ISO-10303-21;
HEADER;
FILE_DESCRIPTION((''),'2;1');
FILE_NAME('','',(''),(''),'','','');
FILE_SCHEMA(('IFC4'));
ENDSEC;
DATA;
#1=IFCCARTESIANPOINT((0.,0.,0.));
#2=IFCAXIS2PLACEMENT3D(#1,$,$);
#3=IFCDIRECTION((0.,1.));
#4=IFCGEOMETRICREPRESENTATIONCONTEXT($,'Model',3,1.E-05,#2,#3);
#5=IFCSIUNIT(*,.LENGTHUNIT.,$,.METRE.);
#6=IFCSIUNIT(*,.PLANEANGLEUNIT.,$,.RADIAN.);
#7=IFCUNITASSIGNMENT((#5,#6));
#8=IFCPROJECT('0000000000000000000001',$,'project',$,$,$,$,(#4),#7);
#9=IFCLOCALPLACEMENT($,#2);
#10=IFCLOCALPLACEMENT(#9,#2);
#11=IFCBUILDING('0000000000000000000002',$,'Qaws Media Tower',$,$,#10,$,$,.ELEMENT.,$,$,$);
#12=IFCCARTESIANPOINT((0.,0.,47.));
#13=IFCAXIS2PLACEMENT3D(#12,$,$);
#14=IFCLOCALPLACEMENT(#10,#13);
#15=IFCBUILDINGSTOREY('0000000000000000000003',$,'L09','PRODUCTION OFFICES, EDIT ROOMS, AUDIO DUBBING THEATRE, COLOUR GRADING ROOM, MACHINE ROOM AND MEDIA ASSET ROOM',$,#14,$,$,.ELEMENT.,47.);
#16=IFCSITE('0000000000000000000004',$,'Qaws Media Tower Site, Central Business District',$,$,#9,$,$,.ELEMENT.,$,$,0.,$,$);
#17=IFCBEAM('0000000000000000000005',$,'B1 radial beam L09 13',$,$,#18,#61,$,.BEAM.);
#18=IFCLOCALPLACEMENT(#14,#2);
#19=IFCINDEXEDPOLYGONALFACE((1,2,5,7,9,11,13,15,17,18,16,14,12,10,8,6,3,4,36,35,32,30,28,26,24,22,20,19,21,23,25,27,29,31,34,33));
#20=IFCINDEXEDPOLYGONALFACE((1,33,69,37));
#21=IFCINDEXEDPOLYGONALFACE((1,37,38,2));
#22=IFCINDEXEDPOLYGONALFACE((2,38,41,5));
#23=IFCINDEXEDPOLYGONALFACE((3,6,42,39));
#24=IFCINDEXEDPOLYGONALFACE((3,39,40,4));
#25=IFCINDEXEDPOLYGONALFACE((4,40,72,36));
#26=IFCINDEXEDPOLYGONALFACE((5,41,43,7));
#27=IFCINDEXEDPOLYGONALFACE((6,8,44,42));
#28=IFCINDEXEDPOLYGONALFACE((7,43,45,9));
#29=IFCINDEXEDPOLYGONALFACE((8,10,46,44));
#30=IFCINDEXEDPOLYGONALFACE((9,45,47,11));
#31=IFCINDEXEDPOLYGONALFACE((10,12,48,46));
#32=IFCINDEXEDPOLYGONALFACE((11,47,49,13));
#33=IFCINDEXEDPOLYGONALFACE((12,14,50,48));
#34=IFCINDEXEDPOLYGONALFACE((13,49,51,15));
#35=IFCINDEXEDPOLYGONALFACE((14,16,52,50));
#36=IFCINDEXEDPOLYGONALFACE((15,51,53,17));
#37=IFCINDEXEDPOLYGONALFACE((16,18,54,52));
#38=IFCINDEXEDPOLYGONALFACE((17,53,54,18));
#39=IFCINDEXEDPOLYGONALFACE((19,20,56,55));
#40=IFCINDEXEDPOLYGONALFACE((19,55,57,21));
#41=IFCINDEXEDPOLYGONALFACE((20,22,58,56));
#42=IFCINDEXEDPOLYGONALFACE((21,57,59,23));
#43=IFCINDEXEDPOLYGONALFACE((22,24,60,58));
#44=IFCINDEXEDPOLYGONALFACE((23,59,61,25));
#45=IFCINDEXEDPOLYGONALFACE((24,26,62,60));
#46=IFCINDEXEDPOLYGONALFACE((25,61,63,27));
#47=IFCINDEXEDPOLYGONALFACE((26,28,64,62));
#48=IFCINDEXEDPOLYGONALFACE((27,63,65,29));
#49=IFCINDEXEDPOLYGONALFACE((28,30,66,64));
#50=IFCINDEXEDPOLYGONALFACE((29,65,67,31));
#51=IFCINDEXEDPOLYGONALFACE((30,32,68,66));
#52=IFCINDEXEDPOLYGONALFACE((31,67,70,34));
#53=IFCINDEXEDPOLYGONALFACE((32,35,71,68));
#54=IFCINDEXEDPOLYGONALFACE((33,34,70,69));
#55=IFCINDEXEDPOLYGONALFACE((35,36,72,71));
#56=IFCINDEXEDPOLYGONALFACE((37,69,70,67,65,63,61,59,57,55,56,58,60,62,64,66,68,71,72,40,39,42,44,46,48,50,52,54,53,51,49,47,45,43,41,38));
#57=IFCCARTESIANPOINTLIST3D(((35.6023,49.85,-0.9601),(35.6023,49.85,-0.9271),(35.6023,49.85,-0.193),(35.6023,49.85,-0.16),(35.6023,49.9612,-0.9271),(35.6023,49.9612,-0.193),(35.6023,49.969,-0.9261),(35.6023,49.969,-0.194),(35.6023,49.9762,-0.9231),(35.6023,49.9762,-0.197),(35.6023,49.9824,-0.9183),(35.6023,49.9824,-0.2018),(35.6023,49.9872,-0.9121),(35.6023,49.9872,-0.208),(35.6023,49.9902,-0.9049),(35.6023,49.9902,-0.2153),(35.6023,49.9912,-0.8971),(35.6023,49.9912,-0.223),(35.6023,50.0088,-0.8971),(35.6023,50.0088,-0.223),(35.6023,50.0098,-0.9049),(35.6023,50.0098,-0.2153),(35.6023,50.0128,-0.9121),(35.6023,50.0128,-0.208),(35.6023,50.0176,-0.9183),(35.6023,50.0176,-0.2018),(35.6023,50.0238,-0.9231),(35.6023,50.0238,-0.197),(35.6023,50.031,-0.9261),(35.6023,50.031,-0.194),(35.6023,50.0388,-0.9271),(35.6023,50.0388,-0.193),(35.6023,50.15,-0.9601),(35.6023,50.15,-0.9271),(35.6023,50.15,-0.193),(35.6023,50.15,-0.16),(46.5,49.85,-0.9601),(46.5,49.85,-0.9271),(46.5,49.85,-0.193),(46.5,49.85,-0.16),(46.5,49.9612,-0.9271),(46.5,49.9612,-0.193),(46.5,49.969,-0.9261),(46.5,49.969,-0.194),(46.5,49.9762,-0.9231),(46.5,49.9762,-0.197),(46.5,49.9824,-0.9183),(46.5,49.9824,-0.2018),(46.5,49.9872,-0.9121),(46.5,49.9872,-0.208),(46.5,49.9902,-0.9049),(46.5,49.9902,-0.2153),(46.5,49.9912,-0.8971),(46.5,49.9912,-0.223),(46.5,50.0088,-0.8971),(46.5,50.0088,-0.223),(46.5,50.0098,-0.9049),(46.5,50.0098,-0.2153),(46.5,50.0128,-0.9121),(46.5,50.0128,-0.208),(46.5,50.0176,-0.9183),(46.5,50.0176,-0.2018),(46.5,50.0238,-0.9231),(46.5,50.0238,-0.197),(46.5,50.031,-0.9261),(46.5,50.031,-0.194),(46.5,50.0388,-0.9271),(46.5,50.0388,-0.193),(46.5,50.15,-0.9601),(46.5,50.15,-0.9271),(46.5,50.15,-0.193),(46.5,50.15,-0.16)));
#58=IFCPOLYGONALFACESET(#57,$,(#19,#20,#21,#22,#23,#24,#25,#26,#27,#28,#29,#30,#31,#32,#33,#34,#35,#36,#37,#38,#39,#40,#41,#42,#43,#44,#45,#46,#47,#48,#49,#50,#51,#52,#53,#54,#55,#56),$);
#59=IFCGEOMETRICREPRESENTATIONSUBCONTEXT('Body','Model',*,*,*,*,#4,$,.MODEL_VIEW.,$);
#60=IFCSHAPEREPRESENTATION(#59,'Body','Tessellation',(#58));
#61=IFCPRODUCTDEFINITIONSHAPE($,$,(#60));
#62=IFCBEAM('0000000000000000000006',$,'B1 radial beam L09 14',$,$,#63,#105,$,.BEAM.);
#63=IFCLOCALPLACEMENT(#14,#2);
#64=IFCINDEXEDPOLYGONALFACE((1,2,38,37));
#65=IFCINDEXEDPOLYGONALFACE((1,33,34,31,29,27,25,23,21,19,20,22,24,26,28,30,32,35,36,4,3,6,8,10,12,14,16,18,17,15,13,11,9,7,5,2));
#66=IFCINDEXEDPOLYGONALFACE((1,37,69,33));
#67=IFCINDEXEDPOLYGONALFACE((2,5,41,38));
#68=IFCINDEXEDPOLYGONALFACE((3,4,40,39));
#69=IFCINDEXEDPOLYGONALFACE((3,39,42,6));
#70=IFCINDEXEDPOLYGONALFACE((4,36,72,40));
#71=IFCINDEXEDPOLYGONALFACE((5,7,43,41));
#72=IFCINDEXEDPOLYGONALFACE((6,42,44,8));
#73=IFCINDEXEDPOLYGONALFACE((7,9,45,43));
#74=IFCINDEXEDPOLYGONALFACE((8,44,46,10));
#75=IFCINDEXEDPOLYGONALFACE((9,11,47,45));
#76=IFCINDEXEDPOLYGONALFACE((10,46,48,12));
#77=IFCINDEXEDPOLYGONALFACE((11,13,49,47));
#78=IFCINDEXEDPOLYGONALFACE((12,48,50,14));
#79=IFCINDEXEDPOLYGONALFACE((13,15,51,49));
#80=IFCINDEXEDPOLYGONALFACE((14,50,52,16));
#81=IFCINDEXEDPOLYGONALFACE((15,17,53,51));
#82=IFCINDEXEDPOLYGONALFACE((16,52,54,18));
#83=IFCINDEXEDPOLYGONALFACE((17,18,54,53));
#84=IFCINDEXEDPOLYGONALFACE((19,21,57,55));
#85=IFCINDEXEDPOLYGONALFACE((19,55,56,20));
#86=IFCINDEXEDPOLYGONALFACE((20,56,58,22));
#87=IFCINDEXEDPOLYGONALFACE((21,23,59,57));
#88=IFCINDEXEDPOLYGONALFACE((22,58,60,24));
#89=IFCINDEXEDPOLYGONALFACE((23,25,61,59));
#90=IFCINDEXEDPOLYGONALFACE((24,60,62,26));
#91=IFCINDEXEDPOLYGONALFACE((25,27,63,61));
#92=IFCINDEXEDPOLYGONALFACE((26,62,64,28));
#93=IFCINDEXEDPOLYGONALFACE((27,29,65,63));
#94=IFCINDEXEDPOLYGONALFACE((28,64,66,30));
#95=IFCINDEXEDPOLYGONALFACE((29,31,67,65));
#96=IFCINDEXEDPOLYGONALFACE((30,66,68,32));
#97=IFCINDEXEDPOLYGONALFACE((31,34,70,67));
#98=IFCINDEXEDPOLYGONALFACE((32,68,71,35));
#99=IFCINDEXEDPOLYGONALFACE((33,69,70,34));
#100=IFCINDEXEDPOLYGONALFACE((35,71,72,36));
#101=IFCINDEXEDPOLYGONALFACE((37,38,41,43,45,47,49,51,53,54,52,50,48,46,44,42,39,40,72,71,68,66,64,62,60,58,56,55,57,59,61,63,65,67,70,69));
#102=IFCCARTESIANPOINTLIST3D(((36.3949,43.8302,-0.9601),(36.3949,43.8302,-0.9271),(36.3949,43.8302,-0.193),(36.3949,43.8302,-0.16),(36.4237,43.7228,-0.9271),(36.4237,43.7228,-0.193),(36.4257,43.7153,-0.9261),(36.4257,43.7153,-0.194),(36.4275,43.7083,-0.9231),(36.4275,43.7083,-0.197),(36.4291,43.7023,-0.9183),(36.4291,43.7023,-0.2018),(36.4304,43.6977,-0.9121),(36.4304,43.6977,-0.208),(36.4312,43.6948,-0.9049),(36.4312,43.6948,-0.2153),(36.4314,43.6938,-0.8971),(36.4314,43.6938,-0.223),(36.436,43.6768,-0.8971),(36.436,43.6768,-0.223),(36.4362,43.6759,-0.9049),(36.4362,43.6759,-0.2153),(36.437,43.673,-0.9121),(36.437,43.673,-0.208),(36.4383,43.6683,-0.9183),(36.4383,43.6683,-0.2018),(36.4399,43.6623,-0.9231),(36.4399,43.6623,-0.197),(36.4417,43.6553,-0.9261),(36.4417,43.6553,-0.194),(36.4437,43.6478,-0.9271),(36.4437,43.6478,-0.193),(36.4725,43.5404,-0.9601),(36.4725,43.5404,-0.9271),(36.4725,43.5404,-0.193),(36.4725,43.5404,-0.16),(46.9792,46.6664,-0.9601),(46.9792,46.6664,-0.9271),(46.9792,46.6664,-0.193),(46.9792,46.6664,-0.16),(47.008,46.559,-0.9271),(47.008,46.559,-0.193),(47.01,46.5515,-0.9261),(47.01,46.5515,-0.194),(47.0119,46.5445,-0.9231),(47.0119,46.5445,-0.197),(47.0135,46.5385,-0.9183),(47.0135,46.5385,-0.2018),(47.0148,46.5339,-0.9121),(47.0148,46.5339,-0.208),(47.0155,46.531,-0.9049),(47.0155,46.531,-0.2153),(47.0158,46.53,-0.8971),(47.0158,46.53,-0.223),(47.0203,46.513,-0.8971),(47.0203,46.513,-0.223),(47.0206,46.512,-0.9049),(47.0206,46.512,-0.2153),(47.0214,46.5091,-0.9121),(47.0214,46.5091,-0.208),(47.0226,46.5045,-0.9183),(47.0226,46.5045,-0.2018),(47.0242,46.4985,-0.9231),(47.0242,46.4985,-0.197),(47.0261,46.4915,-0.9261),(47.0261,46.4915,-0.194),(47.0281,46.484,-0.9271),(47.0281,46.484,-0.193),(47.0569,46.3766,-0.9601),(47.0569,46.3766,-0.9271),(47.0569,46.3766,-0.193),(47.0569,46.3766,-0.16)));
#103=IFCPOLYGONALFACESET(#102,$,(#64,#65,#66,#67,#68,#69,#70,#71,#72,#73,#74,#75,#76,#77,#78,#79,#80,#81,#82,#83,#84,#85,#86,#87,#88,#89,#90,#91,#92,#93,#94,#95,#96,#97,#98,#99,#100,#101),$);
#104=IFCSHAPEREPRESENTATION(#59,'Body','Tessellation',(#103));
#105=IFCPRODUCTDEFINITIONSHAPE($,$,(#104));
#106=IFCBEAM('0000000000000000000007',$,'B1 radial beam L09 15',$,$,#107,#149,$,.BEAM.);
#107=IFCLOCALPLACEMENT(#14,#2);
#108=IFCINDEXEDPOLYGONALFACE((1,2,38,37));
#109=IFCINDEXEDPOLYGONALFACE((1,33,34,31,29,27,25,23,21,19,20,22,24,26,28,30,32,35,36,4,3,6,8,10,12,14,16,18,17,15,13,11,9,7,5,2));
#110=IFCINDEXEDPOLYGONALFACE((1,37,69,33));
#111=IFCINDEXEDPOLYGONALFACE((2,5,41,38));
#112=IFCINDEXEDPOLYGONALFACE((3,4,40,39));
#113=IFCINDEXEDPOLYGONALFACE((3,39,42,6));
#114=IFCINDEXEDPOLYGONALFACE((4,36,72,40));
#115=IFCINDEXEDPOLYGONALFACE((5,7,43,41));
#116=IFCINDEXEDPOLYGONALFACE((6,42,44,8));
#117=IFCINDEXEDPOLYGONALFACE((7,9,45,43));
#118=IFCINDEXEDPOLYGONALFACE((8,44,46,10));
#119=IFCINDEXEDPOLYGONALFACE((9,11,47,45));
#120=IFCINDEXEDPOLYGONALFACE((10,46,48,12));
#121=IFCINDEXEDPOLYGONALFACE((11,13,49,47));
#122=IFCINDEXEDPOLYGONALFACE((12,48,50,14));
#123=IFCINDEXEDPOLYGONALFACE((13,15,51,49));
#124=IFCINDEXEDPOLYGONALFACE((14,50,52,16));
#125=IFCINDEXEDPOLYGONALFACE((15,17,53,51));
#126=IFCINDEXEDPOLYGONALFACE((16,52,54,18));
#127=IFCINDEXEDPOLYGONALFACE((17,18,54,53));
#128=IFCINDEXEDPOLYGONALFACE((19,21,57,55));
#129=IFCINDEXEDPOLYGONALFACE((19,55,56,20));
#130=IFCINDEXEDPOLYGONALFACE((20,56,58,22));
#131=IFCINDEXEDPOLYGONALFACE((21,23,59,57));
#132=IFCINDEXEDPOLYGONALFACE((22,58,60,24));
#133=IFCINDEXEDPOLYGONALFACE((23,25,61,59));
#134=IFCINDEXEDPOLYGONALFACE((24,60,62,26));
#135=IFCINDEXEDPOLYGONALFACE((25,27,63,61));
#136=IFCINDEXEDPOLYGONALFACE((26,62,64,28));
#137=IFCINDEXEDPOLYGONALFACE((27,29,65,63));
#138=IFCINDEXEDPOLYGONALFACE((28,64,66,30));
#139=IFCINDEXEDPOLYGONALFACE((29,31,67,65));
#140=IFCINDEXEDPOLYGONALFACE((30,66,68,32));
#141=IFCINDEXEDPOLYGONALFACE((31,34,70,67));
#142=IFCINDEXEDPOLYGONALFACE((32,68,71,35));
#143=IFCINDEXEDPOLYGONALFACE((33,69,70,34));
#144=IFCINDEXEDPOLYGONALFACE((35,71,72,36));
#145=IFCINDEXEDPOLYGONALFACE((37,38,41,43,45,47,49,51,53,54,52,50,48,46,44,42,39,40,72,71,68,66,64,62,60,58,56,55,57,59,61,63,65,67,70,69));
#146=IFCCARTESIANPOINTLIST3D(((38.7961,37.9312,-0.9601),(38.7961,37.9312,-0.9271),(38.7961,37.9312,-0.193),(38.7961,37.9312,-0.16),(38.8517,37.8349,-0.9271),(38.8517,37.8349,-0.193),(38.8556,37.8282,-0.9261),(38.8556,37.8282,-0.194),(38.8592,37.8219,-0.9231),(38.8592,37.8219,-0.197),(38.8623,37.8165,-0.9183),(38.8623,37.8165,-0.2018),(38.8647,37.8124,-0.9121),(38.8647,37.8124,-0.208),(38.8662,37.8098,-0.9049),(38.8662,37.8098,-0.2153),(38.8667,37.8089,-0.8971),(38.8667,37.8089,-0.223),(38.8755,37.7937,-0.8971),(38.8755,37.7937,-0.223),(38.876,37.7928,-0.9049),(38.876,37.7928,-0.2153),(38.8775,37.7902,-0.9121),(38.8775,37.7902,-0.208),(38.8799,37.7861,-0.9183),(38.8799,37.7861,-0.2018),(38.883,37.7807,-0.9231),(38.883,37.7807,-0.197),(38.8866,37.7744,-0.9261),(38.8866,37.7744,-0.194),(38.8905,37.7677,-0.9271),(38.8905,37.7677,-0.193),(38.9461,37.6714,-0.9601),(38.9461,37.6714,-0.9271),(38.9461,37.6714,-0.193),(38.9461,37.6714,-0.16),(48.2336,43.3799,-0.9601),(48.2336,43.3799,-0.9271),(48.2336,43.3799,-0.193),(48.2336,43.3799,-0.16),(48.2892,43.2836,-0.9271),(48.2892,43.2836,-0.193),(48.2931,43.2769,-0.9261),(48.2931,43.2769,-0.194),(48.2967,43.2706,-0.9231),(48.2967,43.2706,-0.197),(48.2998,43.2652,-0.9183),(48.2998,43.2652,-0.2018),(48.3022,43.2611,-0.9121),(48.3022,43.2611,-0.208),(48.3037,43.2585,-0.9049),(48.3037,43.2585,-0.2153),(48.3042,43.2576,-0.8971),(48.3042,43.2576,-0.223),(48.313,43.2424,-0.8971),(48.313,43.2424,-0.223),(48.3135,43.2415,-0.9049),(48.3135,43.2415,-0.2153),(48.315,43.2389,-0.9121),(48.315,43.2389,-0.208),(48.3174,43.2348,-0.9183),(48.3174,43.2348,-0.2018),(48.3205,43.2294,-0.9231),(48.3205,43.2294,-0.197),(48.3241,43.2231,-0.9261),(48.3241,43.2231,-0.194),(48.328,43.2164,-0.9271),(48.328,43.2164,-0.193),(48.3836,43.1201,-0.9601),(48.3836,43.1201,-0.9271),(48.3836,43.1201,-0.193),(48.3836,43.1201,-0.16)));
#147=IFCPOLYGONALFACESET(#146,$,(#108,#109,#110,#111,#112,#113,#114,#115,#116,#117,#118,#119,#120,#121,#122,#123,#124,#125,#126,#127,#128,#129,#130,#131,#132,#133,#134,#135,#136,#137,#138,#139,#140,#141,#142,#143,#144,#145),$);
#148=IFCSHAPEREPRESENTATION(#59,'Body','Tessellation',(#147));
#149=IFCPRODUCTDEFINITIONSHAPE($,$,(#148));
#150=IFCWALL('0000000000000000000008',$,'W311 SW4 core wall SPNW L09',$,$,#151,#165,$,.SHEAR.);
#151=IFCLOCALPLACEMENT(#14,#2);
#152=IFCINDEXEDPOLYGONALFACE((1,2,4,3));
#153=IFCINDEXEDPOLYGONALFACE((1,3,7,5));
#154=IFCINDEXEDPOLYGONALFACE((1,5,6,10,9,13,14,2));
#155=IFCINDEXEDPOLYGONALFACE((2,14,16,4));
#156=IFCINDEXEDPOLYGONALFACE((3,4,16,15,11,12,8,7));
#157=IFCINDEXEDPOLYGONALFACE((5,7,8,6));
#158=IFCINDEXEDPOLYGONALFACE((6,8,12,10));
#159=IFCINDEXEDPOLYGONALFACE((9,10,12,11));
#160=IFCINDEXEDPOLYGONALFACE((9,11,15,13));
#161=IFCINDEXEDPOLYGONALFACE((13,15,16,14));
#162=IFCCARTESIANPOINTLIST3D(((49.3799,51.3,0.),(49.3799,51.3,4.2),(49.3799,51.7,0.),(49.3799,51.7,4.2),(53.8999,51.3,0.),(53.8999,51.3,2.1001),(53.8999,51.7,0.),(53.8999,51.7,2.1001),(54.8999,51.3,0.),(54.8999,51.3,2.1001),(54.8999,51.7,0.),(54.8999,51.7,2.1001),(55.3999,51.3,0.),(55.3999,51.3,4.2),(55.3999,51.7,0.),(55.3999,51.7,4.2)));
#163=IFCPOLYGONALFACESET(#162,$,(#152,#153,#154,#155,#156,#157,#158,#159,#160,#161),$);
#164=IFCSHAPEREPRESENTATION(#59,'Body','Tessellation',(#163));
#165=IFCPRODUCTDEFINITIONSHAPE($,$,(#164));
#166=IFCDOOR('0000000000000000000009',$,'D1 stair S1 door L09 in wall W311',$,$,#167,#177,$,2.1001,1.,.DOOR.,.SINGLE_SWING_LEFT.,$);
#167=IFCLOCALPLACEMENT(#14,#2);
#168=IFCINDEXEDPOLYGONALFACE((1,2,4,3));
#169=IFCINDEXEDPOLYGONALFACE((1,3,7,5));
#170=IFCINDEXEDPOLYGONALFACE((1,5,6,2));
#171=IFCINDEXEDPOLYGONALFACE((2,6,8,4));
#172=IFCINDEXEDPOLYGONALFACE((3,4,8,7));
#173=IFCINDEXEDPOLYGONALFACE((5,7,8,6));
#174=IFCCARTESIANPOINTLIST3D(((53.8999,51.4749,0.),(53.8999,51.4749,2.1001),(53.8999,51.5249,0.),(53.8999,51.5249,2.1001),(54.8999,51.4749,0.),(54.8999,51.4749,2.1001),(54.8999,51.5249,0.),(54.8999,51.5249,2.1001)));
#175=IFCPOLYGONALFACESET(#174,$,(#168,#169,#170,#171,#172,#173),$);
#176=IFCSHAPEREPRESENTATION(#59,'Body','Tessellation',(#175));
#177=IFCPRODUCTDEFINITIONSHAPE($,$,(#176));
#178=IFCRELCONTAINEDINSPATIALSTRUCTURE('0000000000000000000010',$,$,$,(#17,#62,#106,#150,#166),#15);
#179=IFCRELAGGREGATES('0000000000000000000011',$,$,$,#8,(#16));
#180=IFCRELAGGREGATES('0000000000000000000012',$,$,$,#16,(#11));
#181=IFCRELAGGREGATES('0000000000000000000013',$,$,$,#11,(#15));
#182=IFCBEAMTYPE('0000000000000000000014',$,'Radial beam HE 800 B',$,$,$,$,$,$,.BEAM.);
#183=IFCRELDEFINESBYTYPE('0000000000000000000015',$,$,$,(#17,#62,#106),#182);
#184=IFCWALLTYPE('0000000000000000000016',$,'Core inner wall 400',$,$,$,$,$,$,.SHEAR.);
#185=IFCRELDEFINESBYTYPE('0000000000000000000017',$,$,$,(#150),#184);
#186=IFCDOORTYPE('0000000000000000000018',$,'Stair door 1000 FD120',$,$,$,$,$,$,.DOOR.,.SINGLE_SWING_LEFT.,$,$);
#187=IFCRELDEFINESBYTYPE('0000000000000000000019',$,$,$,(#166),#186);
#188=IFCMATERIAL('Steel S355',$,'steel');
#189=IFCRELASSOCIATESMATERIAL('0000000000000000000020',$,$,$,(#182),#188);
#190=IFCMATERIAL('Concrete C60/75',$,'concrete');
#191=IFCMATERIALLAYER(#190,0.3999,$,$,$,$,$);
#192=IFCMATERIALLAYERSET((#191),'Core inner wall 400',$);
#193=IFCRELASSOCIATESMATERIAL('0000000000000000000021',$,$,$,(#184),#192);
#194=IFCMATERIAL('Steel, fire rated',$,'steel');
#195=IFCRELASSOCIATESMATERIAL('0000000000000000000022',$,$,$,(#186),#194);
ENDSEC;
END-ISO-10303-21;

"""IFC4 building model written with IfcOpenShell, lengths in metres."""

from ifc_helpers import new_model, si_unit, direction, frame, frame_2d, origin, origin_2d, place, context, subcontext, project, spatial, rectangle, i_section, extrude, material, layer, layer_set, material_profile, profile_set, type_object, element, fill, save


model = new_model("IFC4")

# Units and contexts
model_context = context("Model", 3, precision=1e-05, world=origin(), true_north=direction((0.0, 1.0)))
body_context = subcontext(model_context, "Body", "Model", "MODEL_VIEW")
ifc_project = project(units=[si_unit("LENGTHUNIT", "METRE"), si_unit("PLANEANGLEUNIT", "RADIAN")], contexts=[model_context])

# Site, building, storey
site_placement = place(None, origin())
site = spatial("IfcSite", under=ifc_project, at=site_placement, Name="Qaws Media Tower Site, Central Business District", CompositionType="ELEMENT", RefElevation=0.0)
building_placement = place(site_placement, origin())
building = spatial("IfcBuilding", under=site, at=building_placement, Name="Qaws Media Tower", CompositionType="ELEMENT")
storey_placement = place(building_placement, frame((0.0, 0.0, 47.0)))
storey = spatial("IfcBuildingStorey", under=building, at=storey_placement, Name="L09", Description="PRODUCTION OFFICES, EDIT ROOMS, AUDIO DUBBING THEATRE, COLOUR GRADING ROOM, MACHINE ROOM AND MEDIA ASSET ROOM", CompositionType="ELEMENT", Elevation=47.0)

# Beams
ifc_material_1 = material(Name="Steel S355", Category="steel")
ifc_material_profile_1 = material_profile(ifc_material_1, i_section(OverallWidth=0.3, OverallDepth=0.8, WebThickness=0.0176, FlangeThickness=0.033, FilletRadius=0.03, at=origin_2d()), Name="HE 800 B")
ifc_profile_set_1 = profile_set([ifc_material_profile_1], Name="Steel S355")
beam_type_1 = type_object("IfcBeamType", Name="Radial beam HE 800 B", PredefinedType="BEAM", material=ifc_profile_set_1)
beam_1_placement = place(storey_placement, frame((46.5, 50.0, -0.5601), z_axis=(-1.0, 0.0, 0.0), x_axis=(0.0, -1.0, 0.0)))
element("IfcBeam", 1, at=beam_1_placement, inside=storey, type_object=beam_type_1, Name="B1 radial beam L09 13", PredefinedType="BEAM", context=body_context, shape_type="SweptSolid", body=[
    extrude(i_section(OverallWidth=0.3, OverallDepth=0.8, WebThickness=0.0176, FlangeThickness=0.033, FilletRadius=0.03, at=origin_2d()), origin(), (0.0, 0.0, 1.0), 10.8977),
])
beam_2_placement = place(storey_placement, frame((47.0181, 46.5215, -0.5601), z_axis=(-0.965924, -0.258826, 0.0), x_axis=(0.258826, -0.965924, 0.0)))
element("IfcBeam", 2, at=beam_2_placement, inside=storey, type_object=beam_type_1, Name="B1 radial beam L09 14", PredefinedType="BEAM", context=body_context, shape_type="SweptSolid", body=[
    extrude(i_section(OverallWidth=0.3, OverallDepth=0.8, WebThickness=0.0176, FlangeThickness=0.033, FilletRadius=0.03, at=origin_2d()), origin(), (0.0, 0.0, 1.0), 10.9578),
])
beam_3_placement = place(storey_placement, frame((48.3086, 43.25, -0.5601), z_axis=(-0.866026, -0.499999, 0.0), x_axis=(0.499999, -0.866026, 0.0)))
element("IfcBeam", 3, at=beam_3_placement, inside=storey, type_object=beam_type_1, Name="B1 radial beam L09 15", PredefinedType="BEAM", context=body_context, shape_type="SweptSolid", body=[
    extrude(i_section(OverallWidth=0.3, OverallDepth=0.8, WebThickness=0.0176, FlangeThickness=0.033, FilletRadius=0.03, at=origin_2d()), origin(), (0.0, 0.0, 1.0), 10.8975),
])

# Wall, opening, door
ifc_material_2 = material(Name="Concrete C60/75", Category="concrete")
ifc_layer_1 = layer(ifc_material_2, 0.3999)
ifc_layer_set_1 = layer_set([ifc_layer_1], Name="Core inner wall 400")
wall_type_1 = type_object("IfcWallType", Name="Core inner wall 400", PredefinedType="SHEAR", material=ifc_layer_set_1)
wall_1_placement = place(storey_placement, frame((49.3799, 51.5, 0.0), z_axis=(0.0, 0.0, 1.0), x_axis=(1.0, 0.0, 0.0)))
wall_1 = element("IfcWall", 4, at=wall_1_placement, inside=storey, type_object=wall_type_1, Name="W311 SW4 core wall SPNW L09", PredefinedType="SHEAR", context=body_context, shape_type="SweptSolid", body=[
    extrude(rectangle(XDim=6.02, YDim=0.3999, at=frame_2d((3.01, 0.0))), origin(), (0.0, 0.0, 1.0), 4.2),
])
opening_1_placement = place(wall_1_placement, frame((4.52, 0.0, 0.0)))
opening_1 = element("IfcOpeningElement", 5, at=opening_1_placement, cuts=wall_1, PredefinedType="OPENING", context=body_context, shape_type="SweptSolid", body=[
    extrude(rectangle(XDim=1.0, YDim=2.1001, at=frame_2d((0.5, 1.05))), frame((0.0, 0.21, 0.0), z_axis=(0.0, -1.0, 0.0), x_axis=(1.0, 0.0, 0.0)), (0.0, 0.0, 1.0), 0.4199),
])
ifc_material_3 = material(Name="Steel, fire rated", Category="steel")
door_type_1 = type_object("IfcDoorType", Name="Stair door 1000 FD120", OperationType="SINGLE_SWING_LEFT", PredefinedType="DOOR", material=ifc_material_3)
door_1_placement = place(opening_1_placement, origin())
door_1 = element("IfcDoor", 6, at=door_1_placement, inside=storey, type_object=door_type_1, Name="D1 stair S1 door L09 in wall W311", OperationType="SINGLE_SWING_LEFT", OverallHeight=2.1001, OverallWidth=1.0, PredefinedType="DOOR", context=body_context, shape_type="SweptSolid", body=[
    extrude(rectangle(XDim=1.0, YDim=2.1001, at=frame_2d((0.5, 1.05))), frame((0.0, 0.0249, 0.0), z_axis=(0.0, -1.0, 0.0), x_axis=(1.0, 0.0, 0.0)), (0.0, 0.0, 1.0), 0.05),
])
fill(opening_1, door_1)

save(model, "model.ifc")
